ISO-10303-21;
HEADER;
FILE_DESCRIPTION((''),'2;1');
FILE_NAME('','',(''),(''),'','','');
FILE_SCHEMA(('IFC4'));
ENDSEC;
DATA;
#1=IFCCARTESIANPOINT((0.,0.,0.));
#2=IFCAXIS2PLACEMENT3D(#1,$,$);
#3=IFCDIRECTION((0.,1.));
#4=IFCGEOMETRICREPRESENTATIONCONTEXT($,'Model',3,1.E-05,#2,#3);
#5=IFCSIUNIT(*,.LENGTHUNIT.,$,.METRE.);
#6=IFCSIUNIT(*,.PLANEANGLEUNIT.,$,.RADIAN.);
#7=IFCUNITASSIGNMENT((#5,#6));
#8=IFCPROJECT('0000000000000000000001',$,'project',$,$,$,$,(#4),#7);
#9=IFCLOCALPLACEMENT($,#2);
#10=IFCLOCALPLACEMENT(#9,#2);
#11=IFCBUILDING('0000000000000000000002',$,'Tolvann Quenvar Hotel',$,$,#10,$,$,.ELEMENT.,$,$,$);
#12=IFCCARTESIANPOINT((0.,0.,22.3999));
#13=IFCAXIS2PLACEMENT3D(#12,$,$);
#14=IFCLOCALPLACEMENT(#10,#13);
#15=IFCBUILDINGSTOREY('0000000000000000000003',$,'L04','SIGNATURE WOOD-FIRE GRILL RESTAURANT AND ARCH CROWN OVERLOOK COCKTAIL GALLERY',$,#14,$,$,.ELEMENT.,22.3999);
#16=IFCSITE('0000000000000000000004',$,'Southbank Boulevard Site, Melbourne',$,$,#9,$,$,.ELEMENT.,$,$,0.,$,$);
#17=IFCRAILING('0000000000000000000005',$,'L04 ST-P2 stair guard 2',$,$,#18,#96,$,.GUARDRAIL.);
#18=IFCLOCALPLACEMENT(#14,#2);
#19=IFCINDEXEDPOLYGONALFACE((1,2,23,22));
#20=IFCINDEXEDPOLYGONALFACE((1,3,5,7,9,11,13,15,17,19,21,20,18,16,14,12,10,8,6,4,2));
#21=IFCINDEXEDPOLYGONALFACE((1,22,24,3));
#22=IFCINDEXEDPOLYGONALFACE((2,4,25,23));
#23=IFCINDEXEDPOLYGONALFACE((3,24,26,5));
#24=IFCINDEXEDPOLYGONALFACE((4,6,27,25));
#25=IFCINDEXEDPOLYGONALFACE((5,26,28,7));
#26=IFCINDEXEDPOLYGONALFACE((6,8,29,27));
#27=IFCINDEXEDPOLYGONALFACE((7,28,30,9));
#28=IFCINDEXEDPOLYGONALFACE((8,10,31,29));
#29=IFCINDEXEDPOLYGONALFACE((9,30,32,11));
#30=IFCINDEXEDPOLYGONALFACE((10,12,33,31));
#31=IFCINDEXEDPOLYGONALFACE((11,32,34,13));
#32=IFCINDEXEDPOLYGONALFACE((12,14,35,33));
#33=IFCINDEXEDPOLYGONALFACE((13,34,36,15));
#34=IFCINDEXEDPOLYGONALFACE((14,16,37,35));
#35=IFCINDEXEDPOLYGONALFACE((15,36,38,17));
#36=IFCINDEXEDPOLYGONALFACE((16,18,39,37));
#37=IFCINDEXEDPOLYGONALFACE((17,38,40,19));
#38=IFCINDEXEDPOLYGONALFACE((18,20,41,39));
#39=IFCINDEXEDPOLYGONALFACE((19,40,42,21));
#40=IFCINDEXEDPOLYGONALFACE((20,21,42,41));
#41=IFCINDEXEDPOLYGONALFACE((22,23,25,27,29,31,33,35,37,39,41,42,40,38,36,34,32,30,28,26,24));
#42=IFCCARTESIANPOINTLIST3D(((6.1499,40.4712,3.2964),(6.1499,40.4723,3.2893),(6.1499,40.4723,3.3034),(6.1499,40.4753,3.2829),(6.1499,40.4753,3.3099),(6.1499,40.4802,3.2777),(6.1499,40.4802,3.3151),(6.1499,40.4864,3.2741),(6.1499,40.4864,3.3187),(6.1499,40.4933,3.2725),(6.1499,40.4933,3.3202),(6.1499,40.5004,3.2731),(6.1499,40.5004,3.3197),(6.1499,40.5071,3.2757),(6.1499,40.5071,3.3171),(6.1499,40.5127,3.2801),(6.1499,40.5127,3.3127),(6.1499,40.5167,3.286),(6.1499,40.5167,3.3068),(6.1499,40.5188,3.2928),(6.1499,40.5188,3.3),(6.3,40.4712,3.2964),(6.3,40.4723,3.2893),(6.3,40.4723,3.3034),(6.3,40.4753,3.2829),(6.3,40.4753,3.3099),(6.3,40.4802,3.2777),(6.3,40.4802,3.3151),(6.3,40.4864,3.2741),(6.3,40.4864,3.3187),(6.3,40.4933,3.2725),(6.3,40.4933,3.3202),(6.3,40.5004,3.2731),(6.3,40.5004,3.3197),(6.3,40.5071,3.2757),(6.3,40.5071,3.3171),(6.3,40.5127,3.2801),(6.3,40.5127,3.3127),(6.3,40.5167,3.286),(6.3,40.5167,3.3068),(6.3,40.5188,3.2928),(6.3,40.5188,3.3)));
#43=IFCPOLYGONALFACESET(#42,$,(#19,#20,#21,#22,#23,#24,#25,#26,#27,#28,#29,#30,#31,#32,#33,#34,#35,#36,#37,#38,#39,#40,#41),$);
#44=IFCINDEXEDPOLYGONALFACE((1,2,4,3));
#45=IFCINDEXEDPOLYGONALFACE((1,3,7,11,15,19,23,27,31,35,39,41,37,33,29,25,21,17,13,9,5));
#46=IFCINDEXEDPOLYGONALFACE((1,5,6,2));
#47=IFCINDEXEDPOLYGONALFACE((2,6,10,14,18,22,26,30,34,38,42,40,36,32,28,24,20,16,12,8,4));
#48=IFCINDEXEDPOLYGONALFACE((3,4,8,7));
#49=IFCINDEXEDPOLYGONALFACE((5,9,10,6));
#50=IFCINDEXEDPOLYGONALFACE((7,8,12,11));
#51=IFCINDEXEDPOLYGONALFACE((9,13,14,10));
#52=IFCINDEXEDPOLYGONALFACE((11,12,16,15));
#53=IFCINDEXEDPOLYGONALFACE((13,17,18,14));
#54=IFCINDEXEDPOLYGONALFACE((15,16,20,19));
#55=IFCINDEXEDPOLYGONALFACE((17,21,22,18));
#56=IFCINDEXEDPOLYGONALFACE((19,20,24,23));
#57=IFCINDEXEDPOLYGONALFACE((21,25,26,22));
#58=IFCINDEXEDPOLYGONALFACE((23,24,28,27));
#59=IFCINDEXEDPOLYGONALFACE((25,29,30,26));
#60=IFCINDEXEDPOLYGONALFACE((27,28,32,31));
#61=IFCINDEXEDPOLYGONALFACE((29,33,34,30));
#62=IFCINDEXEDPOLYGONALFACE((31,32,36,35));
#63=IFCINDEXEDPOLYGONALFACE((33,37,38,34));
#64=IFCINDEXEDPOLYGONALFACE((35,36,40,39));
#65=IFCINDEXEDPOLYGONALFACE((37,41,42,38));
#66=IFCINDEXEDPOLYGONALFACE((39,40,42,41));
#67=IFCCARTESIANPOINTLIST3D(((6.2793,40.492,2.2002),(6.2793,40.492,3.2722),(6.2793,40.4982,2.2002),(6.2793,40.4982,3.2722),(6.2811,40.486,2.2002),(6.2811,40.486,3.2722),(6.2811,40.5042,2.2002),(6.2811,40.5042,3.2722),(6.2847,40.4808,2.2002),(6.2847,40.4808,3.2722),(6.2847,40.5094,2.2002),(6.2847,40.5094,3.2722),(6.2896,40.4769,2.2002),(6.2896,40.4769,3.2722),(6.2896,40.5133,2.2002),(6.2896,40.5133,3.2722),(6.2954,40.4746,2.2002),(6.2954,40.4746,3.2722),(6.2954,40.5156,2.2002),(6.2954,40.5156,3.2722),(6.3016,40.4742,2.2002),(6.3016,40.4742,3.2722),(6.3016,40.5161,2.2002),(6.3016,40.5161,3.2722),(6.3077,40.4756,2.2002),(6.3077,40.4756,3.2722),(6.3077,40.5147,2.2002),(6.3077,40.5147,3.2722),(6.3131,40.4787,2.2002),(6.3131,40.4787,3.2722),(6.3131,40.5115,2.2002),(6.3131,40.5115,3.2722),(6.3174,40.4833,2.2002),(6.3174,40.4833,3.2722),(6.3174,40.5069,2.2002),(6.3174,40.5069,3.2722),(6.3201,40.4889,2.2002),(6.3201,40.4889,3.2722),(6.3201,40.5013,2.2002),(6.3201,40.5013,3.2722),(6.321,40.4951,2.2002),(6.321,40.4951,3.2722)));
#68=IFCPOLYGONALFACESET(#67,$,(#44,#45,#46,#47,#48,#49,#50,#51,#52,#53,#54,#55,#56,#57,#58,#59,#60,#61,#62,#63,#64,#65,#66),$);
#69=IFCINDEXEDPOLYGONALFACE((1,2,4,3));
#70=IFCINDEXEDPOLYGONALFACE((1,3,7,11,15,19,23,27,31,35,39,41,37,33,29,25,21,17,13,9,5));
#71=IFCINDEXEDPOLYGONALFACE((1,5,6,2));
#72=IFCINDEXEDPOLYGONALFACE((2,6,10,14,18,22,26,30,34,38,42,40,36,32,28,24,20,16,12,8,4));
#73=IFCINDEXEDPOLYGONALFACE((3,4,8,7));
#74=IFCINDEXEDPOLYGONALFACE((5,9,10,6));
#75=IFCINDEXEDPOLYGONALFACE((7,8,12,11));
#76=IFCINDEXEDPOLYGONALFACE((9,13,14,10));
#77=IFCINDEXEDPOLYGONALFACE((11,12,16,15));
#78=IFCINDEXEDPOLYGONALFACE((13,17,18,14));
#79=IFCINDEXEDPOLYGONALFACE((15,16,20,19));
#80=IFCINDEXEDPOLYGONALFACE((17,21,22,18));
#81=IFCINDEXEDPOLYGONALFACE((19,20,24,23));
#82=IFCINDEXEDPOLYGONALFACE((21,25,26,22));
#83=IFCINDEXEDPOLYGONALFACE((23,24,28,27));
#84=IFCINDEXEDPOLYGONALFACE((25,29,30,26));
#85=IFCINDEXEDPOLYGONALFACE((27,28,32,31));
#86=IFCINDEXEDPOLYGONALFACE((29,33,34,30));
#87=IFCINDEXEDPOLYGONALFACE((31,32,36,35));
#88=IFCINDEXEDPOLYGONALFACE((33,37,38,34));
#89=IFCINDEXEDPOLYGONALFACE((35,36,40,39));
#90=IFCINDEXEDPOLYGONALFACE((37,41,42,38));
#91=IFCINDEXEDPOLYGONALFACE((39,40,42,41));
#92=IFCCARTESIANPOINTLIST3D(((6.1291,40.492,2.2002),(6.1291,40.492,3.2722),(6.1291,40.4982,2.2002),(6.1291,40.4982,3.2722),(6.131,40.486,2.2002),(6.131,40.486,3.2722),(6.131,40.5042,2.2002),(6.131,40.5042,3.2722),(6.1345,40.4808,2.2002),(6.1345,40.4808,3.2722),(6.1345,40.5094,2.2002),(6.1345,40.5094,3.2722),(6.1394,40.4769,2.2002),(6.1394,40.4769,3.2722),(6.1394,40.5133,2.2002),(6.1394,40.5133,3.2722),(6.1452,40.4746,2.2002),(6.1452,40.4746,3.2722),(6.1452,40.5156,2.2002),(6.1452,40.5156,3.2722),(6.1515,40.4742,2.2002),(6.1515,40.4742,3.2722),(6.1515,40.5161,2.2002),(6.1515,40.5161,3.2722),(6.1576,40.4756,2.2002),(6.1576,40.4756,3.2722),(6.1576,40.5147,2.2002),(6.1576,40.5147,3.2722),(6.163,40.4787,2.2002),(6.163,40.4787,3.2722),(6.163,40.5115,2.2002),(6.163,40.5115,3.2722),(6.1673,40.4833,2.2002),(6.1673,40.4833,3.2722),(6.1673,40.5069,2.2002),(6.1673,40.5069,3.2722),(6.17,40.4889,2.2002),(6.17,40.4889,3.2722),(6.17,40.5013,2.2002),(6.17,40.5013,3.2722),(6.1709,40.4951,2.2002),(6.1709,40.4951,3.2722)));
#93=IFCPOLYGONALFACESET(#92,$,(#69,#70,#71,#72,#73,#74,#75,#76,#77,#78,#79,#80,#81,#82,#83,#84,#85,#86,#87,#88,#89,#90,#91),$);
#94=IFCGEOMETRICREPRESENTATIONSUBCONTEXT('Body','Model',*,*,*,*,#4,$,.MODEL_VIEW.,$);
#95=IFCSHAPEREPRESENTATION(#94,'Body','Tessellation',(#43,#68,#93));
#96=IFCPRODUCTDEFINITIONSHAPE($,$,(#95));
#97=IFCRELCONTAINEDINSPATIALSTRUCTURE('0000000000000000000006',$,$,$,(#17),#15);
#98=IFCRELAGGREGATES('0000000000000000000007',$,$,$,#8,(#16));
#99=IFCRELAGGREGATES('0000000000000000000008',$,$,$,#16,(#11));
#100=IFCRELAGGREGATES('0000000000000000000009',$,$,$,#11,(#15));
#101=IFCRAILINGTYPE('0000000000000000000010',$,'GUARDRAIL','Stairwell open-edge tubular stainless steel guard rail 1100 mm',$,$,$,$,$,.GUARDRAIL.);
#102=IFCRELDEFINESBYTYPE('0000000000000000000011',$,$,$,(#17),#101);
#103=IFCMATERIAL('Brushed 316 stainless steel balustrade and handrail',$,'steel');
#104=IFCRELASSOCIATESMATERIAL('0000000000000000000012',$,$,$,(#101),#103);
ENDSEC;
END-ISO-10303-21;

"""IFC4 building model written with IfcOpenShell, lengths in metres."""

from ifc_helpers import new_model, si_unit, direction, frame, origin, origin_2d, place, context, subcontext, project, spatial, circle, extrude, material, type_object, element, save


model = new_model("IFC4")

# Units and contexts
model_context = context("Model", 3, precision=1e-05, world=origin(), true_north=direction((0.0, 1.0)))
body_context = subcontext(model_context, "Body", "Model", "MODEL_VIEW")
ifc_project = project(units=[si_unit("LENGTHUNIT", "METRE"), si_unit("PLANEANGLEUNIT", "RADIAN")], contexts=[model_context])

# Site, building, storey
site_placement = place(None, origin())
site = spatial("IfcSite", under=ifc_project, at=site_placement, Name="Southbank Boulevard Site, Melbourne", CompositionType="ELEMENT", RefElevation=0.0)
building_placement = place(site_placement, origin())
building = spatial("IfcBuilding", under=site, at=building_placement, Name="Tolvann Quenvar Hotel", CompositionType="ELEMENT")
storey_placement = place(building_placement, frame((0.0, 0.0, 22.3999)))
storey = spatial("IfcBuildingStorey", under=building, at=storey_placement, Name="L04", Description="SIGNATURE WOOD-FIRE GRILL RESTAURANT AND ARCH CROWN OVERLOOK COCKTAIL GALLERY", CompositionType="ELEMENT", Elevation=22.3999)

# Railing
ifc_material_1 = material(Name="Brushed 316 stainless steel balustrade and handrail", Category="steel")
railing_type_1 = type_object("IfcRailingType", Name="GUARDRAIL", Description="Stairwell open-edge tubular stainless steel guard rail 1100 mm", PredefinedType="GUARDRAIL", material=ifc_material_1)
railing_1_placement = place(storey_placement, frame((6.3, 40.4951, 2.2002)))
element("IfcRailing", 1, at=railing_1_placement, inside=storey, type_object=railing_type_1, Name="L04 ST-P2 stair guard 2", PredefinedType="GUARDRAIL", context=body_context, shape_type="SweptSolid", body=[
    extrude(circle(Radius=0.0239, at=origin_2d()), frame((0.0, 0.0, 1.0962), z_axis=(-1.0, 0.0, 0.0), x_axis=(0.0, -1.0, 0.0)), (0.0, 0.0, 1.0), 0.1501),
    extrude(circle(Radius=0.021, at=origin_2d()), origin(), (0.0, 0.0, 1.0), 1.072),
    extrude(circle(Radius=0.021, at=origin_2d()), frame((-0.1501, 0.0, 0.0)), (0.0, 0.0, 1.0), 1.072),
])

save(model, "model.ifc")
